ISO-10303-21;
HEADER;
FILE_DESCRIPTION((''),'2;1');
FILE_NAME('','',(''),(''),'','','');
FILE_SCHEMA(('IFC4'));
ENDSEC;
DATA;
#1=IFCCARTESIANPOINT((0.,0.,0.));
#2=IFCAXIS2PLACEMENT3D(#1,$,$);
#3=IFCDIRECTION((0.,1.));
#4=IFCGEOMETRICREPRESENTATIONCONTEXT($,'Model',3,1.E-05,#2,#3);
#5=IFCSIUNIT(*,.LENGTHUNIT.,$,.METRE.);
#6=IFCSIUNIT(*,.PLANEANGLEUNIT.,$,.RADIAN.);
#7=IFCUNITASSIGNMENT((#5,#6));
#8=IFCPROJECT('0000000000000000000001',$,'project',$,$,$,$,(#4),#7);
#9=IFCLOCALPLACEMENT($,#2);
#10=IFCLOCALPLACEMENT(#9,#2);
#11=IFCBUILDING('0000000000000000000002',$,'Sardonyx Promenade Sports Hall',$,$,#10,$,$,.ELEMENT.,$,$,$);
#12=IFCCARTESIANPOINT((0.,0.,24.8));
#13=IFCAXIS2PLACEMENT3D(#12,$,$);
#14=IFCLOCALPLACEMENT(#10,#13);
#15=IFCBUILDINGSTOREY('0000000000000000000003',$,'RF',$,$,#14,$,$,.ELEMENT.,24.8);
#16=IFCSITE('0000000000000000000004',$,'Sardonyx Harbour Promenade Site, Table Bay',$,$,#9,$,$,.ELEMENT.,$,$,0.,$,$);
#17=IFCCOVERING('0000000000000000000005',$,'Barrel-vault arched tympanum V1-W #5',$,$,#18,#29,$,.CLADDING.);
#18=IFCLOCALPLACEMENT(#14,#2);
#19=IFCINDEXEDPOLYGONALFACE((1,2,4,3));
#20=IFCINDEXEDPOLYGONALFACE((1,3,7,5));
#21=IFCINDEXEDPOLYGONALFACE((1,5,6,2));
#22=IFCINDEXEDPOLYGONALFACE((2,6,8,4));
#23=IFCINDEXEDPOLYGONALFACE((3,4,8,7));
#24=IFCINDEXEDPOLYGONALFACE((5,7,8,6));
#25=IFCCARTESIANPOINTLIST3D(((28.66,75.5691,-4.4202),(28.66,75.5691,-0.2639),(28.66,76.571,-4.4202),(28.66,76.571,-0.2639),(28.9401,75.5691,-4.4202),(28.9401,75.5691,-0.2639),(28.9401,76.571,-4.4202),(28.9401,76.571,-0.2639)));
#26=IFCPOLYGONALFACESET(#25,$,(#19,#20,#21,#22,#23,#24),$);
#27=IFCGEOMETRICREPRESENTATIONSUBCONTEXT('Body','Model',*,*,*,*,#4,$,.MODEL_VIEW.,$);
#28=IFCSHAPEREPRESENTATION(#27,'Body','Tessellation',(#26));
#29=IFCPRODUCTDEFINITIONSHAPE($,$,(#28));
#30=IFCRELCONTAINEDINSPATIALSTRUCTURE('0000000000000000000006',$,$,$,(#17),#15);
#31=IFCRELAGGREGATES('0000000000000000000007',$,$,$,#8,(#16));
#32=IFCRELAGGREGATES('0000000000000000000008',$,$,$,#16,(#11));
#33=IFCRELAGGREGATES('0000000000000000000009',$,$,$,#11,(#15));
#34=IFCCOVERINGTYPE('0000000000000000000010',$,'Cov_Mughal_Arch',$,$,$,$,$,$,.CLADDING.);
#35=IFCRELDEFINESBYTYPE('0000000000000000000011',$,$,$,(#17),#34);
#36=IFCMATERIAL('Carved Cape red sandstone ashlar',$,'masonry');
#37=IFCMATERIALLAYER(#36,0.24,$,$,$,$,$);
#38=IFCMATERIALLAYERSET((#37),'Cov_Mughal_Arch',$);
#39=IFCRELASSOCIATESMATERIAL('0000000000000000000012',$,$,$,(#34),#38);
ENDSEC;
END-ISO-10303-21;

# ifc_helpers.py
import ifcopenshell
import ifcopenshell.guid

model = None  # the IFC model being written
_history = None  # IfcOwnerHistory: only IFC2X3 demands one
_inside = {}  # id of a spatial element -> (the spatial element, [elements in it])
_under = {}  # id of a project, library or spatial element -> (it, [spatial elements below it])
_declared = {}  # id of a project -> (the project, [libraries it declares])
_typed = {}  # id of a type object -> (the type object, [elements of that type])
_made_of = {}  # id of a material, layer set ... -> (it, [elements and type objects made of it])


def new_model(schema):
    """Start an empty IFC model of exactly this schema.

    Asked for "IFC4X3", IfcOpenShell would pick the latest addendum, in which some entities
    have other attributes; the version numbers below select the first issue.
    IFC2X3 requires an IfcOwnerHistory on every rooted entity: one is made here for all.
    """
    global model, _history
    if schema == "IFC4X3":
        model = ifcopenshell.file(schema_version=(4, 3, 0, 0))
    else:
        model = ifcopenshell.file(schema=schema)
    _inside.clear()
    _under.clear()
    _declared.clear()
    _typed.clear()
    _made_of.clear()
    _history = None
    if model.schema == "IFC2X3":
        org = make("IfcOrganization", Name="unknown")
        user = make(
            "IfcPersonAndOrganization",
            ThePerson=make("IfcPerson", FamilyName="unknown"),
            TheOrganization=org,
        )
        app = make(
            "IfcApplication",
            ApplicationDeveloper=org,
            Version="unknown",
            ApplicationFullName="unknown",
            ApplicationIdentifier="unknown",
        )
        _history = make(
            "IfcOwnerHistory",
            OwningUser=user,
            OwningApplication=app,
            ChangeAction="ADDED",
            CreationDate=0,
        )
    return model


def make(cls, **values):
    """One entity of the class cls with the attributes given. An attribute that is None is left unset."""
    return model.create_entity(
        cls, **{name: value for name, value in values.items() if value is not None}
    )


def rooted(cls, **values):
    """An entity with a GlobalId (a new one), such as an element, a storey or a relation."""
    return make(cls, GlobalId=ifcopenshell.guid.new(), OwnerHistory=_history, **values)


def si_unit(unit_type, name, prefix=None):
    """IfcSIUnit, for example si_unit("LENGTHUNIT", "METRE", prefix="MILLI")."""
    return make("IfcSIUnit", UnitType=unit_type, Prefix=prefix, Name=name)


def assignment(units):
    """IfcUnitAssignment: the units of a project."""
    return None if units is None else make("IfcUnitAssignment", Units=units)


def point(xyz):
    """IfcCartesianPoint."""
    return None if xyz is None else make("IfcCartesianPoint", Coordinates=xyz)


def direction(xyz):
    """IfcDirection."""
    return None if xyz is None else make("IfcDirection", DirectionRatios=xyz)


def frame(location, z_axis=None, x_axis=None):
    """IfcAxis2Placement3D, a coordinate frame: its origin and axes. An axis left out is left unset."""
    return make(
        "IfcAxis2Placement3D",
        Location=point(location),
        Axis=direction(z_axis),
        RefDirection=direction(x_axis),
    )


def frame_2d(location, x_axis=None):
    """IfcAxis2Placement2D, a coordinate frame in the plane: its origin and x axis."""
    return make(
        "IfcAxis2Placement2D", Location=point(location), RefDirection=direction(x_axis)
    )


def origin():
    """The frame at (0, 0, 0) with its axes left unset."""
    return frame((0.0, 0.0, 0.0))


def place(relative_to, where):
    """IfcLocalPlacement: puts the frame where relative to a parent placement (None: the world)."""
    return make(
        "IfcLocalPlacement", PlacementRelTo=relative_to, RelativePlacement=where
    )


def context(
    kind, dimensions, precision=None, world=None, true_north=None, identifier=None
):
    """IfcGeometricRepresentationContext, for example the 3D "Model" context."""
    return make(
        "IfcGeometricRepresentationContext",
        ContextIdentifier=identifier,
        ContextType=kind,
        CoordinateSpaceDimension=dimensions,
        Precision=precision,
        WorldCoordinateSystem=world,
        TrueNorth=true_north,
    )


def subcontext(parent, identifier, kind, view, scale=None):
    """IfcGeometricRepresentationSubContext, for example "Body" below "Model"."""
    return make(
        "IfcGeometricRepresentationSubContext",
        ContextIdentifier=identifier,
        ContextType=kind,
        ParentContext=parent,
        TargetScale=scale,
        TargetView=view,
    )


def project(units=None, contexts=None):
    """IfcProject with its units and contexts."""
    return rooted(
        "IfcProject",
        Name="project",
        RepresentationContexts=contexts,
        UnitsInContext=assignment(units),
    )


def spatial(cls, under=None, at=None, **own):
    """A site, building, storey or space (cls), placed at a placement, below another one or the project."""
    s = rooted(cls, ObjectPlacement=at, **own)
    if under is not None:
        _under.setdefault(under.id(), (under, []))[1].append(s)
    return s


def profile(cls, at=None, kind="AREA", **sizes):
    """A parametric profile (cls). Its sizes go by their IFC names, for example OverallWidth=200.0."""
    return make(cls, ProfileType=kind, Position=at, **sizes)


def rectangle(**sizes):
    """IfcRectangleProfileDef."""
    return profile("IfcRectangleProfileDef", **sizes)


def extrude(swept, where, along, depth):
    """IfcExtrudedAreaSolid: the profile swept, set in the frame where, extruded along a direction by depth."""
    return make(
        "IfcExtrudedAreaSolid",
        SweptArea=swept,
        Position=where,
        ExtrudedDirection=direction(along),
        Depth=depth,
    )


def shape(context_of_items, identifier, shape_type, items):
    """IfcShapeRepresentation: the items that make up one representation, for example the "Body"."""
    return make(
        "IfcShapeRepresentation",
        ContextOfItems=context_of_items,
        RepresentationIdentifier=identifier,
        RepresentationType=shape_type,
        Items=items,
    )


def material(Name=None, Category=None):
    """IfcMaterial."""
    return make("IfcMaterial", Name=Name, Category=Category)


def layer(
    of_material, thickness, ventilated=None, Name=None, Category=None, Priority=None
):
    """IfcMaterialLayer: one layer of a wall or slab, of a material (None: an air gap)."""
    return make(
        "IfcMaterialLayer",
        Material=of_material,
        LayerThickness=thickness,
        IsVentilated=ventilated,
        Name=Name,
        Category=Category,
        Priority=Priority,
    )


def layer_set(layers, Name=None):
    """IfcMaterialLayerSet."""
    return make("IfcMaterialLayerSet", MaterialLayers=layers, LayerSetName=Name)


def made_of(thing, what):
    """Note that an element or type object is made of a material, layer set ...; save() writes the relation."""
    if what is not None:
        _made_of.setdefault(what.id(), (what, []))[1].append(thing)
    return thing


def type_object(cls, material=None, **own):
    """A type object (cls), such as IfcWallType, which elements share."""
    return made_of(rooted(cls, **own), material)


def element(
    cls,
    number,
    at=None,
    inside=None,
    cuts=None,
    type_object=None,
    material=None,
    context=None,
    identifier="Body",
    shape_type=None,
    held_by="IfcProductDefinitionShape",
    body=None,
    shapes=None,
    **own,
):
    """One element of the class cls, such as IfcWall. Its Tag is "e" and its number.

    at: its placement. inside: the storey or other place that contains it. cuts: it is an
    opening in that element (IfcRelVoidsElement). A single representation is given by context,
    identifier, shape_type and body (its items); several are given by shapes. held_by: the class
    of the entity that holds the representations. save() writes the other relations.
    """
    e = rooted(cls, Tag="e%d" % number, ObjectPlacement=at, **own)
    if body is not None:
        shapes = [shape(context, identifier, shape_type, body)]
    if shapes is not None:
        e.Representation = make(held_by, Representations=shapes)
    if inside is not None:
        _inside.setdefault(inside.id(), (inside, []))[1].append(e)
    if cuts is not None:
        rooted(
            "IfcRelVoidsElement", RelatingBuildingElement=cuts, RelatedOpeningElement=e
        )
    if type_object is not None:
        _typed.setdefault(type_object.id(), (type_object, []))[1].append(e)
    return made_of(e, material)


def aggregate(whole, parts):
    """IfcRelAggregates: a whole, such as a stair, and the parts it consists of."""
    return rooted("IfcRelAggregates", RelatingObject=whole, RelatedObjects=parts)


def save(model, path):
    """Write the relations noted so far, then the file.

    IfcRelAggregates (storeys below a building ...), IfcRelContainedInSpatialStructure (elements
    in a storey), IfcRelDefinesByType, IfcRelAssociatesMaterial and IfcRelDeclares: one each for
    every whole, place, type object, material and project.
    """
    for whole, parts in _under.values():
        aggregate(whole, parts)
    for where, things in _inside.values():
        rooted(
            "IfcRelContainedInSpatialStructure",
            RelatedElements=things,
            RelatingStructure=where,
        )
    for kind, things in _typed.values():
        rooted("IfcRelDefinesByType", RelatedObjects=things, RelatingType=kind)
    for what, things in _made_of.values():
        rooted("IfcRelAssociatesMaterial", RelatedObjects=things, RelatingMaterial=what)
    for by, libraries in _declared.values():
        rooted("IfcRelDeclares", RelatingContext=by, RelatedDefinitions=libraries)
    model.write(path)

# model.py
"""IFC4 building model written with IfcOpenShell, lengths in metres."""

from ifc_helpers import new_model, si_unit, direction, frame, frame_2d, origin, place, context, subcontext, project, spatial, rectangle, extrude, material, layer, layer_set, type_object, element, save


model = new_model("IFC4")

# Units and contexts
model_context = context("Model", 3, precision=1e-05, world=origin(), true_north=direction((0.0, 1.0)))
body_context = subcontext(model_context, "Body", "Model", "MODEL_VIEW")
ifc_project = project(units=[si_unit("LENGTHUNIT", "METRE"), si_unit("PLANEANGLEUNIT", "RADIAN")], contexts=[model_context])

# Site, building, storey
site_placement = place(None, origin())
site = spatial("IfcSite", under=ifc_project, at=site_placement, Name="Sardonyx Harbour Promenade Site, Table Bay", CompositionType="ELEMENT", RefElevation=0.0)
building_placement = place(site_placement, origin())
building = spatial("IfcBuilding", under=site, at=building_placement, Name="Sardonyx Promenade Sports Hall", CompositionType="ELEMENT")
storey_placement = place(building_placement, frame((0.0, 0.0, 24.8)))
storey = spatial("IfcBuildingStorey", under=building, at=storey_placement, Name="RF", CompositionType="ELEMENT", Elevation=24.8)

# Covering
ifc_material_1 = material(Name="Carved Cape red sandstone ashlar", Category="masonry")
ifc_layer_1 = layer(ifc_material_1, 0.24)
ifc_layer_set_1 = layer_set([ifc_layer_1], Name="Cov_Mughal_Arch")
covering_type_1 = type_object("IfcCoveringType", Name="Cov_Mughal_Arch", PredefinedType="CLADDING", material=ifc_layer_set_1)
covering_1_placement = place(storey_placement, frame((28.8, 75.5691, -4.4202), z_axis=(0.0, 0.0, 1.0), x_axis=(0.0, 1.0, 0.0)))
element("IfcCovering", 1, at=covering_1_placement, inside=storey, type_object=covering_type_1, Name="Barrel-vault arched tympanum V1-W #5", PredefinedType="CLADDING", context=body_context, shape_type="SweptSolid", body=[
    extrude(rectangle(XDim=1.002, YDim=0.28, at=frame_2d((0.501, 0.0))), origin(), (0.0, 0.0, 1.0), 4.1562),
])

save(model, "model.ifc")
